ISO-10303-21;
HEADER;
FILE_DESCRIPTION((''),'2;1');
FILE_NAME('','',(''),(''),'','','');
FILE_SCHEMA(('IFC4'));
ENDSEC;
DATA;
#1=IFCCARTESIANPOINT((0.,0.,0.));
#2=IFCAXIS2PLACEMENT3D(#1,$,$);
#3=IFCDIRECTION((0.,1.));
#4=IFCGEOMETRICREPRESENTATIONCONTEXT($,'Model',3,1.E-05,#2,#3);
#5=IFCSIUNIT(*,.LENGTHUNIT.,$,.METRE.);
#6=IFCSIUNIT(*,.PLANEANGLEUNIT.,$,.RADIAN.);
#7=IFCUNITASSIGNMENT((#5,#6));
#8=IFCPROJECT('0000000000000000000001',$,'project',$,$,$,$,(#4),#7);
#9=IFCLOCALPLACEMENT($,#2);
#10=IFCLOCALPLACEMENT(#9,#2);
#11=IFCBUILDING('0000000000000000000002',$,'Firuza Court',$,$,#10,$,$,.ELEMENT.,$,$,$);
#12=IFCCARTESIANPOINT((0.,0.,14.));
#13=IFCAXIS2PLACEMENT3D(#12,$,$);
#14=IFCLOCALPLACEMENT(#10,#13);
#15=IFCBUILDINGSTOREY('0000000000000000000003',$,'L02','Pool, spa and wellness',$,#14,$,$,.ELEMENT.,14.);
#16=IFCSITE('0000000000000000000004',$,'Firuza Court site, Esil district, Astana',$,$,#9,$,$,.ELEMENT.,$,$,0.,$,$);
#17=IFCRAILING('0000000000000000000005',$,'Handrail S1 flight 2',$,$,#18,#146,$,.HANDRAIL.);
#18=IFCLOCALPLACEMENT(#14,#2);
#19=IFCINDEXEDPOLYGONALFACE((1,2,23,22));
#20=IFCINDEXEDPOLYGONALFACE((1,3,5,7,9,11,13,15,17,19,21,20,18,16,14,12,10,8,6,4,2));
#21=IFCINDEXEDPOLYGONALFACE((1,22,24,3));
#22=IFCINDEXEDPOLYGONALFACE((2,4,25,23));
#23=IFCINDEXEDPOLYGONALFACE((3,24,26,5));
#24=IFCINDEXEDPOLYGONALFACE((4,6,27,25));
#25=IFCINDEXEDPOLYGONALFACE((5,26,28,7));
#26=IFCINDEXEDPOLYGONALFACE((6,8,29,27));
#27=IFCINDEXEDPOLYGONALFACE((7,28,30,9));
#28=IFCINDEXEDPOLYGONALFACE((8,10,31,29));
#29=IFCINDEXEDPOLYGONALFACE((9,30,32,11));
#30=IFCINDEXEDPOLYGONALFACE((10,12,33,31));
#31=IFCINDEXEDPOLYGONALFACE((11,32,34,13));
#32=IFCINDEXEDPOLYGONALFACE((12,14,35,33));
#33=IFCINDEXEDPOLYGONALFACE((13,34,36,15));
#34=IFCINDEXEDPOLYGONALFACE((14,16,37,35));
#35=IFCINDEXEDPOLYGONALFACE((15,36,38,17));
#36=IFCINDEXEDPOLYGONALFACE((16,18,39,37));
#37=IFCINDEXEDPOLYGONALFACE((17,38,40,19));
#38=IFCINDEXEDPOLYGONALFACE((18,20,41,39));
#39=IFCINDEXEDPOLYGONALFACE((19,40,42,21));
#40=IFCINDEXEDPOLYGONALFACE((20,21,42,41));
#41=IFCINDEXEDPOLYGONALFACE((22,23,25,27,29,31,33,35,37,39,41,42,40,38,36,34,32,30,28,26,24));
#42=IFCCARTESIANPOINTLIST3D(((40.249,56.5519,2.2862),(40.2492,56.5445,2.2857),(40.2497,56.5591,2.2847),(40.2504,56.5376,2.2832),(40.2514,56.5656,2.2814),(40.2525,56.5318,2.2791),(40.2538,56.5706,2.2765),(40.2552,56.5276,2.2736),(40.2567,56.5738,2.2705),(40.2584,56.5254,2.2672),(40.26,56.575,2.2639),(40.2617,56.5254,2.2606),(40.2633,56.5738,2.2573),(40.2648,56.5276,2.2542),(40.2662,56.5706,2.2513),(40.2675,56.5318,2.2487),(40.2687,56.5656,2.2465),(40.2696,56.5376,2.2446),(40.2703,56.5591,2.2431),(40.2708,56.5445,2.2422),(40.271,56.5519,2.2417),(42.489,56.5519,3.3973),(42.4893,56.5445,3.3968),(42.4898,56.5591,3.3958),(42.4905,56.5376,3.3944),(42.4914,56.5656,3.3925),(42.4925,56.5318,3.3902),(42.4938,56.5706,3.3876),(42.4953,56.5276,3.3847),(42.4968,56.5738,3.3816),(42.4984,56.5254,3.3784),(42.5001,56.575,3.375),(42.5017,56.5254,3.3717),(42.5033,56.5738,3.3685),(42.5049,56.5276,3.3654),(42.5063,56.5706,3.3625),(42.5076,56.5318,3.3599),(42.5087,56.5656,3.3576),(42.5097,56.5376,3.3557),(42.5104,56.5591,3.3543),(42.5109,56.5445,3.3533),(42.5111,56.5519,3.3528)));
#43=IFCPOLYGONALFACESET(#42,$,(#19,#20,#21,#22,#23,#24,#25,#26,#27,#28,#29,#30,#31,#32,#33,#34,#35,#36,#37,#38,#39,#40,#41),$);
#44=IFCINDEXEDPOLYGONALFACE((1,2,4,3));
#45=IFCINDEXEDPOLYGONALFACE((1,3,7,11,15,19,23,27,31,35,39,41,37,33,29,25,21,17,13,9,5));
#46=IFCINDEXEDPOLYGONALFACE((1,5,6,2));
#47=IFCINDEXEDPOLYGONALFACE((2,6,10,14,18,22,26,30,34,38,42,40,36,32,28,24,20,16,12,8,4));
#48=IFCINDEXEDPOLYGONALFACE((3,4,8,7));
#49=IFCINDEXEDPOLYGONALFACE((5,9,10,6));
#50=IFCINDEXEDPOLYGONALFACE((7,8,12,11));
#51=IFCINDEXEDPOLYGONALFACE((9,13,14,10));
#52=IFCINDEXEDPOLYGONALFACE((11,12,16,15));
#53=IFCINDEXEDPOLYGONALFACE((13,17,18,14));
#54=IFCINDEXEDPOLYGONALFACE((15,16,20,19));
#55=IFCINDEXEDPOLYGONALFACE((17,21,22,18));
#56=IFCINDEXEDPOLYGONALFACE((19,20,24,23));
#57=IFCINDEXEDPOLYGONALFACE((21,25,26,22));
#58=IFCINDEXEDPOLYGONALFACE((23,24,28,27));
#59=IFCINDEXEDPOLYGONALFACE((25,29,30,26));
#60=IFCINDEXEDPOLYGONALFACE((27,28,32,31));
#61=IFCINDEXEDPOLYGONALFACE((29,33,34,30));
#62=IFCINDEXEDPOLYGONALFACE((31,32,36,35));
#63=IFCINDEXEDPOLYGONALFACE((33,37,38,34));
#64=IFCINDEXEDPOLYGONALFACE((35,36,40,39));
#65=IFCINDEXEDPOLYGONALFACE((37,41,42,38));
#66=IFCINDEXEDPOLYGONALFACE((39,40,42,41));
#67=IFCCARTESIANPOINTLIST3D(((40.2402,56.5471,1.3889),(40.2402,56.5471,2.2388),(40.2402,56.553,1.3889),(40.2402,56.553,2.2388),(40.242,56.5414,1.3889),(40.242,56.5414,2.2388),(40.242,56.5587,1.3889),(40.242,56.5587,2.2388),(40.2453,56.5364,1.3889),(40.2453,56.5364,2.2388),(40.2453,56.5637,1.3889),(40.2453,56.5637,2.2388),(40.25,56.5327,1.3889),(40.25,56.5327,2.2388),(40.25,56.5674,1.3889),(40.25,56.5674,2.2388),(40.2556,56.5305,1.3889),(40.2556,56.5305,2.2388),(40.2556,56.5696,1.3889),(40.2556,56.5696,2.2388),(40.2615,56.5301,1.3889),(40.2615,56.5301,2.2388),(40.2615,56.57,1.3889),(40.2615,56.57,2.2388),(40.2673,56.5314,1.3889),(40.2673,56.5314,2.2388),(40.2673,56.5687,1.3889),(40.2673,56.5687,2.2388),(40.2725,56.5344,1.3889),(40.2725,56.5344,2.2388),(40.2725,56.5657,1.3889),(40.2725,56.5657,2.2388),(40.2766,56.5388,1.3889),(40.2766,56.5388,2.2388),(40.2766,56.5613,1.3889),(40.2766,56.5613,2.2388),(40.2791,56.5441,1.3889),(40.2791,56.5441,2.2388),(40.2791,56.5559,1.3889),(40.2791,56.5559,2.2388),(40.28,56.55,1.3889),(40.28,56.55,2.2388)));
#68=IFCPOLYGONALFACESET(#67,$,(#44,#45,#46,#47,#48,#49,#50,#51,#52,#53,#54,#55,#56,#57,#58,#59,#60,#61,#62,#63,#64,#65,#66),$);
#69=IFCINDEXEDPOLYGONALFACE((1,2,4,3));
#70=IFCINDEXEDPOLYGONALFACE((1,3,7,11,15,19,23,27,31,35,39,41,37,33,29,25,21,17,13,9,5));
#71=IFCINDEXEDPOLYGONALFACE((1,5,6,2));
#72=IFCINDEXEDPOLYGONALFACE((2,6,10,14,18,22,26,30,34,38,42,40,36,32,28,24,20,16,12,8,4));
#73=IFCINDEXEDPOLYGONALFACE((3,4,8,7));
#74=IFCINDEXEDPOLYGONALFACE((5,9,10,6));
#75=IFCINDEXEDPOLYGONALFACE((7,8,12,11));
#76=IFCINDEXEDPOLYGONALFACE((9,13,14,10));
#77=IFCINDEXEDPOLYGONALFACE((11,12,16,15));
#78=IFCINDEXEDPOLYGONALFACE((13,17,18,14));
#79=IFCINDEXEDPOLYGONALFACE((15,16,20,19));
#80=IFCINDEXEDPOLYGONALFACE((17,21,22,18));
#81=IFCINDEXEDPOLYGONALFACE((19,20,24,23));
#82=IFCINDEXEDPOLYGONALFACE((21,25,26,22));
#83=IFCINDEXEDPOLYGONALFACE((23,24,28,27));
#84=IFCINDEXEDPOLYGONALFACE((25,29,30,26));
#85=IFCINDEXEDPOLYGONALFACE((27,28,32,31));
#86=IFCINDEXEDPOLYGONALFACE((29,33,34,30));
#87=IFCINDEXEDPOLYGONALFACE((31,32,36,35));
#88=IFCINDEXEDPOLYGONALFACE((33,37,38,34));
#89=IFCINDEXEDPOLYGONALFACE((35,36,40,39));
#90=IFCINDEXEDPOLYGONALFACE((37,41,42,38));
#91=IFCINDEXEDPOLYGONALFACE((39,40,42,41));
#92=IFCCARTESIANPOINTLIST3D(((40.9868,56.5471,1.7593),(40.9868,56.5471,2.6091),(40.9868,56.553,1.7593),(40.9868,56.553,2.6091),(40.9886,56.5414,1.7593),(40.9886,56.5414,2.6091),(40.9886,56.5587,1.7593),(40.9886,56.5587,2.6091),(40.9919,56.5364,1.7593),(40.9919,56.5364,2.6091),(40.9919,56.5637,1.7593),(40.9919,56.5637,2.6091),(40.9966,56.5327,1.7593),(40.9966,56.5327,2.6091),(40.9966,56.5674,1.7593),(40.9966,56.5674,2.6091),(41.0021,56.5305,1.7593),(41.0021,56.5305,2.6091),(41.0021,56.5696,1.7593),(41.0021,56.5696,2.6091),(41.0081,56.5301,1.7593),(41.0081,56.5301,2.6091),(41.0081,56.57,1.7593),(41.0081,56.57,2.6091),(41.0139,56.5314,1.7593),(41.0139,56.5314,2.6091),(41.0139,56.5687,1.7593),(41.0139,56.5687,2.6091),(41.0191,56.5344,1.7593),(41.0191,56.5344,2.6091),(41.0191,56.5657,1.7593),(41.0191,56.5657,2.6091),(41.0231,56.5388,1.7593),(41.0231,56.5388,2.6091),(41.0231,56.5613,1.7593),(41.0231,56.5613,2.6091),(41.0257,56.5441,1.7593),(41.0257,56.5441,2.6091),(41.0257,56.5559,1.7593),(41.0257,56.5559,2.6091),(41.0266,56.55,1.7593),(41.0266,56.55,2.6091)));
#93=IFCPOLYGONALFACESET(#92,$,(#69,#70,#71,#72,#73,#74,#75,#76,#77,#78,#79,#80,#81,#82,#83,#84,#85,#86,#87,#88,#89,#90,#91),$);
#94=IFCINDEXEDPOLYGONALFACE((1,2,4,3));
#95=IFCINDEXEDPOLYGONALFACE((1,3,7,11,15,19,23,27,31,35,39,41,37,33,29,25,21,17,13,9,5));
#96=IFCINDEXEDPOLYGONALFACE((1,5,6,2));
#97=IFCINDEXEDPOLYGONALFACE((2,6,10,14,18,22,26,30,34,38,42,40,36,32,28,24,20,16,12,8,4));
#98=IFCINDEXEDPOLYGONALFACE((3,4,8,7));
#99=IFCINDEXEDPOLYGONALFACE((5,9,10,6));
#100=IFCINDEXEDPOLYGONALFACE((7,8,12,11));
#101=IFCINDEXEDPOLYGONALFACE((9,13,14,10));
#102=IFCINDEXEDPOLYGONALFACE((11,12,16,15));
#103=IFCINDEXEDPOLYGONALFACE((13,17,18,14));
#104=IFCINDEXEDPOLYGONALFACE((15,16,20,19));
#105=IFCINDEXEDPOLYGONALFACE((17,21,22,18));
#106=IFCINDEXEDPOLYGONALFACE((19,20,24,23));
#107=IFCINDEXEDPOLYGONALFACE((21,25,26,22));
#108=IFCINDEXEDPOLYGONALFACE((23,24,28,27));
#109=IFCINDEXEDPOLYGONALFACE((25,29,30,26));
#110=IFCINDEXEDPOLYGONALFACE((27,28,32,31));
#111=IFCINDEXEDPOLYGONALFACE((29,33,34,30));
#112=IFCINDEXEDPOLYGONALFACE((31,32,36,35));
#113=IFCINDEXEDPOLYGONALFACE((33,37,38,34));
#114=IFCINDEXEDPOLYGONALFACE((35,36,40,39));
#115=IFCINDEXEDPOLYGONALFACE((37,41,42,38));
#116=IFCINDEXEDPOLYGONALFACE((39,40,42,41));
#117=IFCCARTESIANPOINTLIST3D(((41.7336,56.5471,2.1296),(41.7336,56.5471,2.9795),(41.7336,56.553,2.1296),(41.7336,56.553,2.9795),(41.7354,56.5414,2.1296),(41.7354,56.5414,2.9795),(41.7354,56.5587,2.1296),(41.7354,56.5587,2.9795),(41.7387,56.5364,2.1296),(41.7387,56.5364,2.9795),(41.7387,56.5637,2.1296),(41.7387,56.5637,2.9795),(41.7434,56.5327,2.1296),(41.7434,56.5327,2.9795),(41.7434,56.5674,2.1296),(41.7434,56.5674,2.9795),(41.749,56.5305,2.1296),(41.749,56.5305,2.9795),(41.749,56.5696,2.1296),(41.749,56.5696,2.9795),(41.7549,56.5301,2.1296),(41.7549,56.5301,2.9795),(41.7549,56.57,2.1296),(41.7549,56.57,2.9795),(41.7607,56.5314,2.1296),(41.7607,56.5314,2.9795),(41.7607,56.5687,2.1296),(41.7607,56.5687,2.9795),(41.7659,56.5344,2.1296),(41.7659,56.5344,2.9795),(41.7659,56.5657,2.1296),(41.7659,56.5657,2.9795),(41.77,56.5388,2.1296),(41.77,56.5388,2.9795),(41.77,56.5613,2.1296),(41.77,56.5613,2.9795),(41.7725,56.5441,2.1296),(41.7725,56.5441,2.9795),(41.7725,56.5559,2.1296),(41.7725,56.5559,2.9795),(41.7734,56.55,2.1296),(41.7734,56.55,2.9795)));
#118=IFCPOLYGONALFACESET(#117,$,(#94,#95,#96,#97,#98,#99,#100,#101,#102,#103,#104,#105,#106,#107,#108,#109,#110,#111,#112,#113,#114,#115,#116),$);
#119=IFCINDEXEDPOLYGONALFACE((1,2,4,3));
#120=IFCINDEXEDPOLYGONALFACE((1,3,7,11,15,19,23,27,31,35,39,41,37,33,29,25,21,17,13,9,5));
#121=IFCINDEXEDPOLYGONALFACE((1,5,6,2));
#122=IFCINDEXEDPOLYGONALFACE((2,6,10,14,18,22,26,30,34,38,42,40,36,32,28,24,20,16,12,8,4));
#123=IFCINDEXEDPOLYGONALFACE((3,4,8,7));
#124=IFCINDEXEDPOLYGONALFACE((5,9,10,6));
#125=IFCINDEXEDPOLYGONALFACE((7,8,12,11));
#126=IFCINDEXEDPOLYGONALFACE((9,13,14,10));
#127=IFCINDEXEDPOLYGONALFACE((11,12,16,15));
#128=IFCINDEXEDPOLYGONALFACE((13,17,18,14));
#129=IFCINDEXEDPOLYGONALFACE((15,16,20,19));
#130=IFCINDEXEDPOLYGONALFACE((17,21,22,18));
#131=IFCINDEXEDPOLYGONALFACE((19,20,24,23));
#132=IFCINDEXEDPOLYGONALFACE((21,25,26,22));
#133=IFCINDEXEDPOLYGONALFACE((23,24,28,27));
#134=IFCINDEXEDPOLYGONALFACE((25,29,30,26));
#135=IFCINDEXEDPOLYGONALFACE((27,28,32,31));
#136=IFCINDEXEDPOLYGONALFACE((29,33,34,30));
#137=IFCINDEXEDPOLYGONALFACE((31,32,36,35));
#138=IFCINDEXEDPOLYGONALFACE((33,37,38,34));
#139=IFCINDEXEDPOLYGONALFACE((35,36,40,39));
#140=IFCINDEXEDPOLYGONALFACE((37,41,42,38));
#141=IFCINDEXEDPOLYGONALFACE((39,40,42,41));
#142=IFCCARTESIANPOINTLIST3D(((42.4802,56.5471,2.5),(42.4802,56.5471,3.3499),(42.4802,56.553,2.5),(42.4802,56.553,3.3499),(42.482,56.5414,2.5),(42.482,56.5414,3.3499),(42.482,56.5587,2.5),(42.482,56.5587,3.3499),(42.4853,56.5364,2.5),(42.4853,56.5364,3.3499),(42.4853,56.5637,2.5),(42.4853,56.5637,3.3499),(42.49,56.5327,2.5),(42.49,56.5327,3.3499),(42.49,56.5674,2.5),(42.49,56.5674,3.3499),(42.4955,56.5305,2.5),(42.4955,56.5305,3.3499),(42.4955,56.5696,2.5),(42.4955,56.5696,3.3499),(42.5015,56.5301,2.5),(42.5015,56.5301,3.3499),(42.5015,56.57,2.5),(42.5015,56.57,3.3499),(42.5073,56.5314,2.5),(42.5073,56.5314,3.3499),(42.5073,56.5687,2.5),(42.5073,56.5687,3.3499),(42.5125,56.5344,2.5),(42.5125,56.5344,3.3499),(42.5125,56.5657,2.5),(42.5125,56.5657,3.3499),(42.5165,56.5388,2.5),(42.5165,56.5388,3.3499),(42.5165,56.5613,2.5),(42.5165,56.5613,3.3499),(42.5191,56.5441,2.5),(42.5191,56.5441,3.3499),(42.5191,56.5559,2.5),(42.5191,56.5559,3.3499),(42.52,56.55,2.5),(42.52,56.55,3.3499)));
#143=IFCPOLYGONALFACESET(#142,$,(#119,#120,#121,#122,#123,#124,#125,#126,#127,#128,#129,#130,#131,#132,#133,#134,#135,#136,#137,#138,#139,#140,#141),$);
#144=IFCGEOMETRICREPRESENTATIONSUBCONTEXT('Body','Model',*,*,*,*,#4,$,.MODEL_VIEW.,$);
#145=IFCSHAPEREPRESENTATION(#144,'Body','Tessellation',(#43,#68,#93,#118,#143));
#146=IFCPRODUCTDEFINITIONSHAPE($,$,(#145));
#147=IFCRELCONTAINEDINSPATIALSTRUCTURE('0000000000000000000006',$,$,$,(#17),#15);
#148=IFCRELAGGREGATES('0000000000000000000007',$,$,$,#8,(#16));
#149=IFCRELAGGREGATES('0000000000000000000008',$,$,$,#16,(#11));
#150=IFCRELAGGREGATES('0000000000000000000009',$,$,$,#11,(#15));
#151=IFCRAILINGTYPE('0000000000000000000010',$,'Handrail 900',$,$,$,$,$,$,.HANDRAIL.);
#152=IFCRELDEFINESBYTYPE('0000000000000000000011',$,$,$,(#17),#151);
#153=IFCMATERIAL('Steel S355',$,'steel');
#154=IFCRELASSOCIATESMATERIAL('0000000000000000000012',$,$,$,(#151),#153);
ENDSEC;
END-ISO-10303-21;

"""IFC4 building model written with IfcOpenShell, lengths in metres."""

from ifc_helpers import new_model, si_unit, direction, frame, origin, origin_2d, place, context, subcontext, project, spatial, circle, extrude, material, type_object, element, save


model = new_model("IFC4")

# Units and contexts
model_context = context("Model", 3, precision=1e-05, world=origin(), true_north=direction((0.0, 1.0)))
body_context = subcontext(model_context, "Body", "Model", "MODEL_VIEW")
ifc_project = project(units=[si_unit("LENGTHUNIT", "METRE"), si_unit("PLANEANGLEUNIT", "RADIAN")], contexts=[model_context])

# Site, building, storey
site_placement = place(None, origin())
site = spatial("IfcSite", under=ifc_project, at=site_placement, Name="Firuza Court site, Esil district, Astana", CompositionType="ELEMENT", RefElevation=0.0)
building_placement = place(site_placement, origin())
building = spatial("IfcBuilding", under=site, at=building_placement, Name="Firuza Court", CompositionType="ELEMENT")
storey_placement = place(building_placement, frame((0.0, 0.0, 14.0)))
storey = spatial("IfcBuildingStorey", under=building, at=storey_placement, Name="L02", Description="Pool, spa and wellness", CompositionType="ELEMENT", Elevation=14.0)

# Railing
ifc_material_1 = material(Name="Steel S355", Category="steel")
railing_type = type_object("IfcRailingType", Name="Handrail 900", PredefinedType="HANDRAIL", material=ifc_material_1)
for number, where, name in (
    (1, (40.26, 56.55, 1.3889), "Handrail S1 flight 2"),
):
    element("IfcRailing", number, at=place(storey_placement, frame(where)), inside=storey, type_object=railing_type, Name=name, PredefinedType="HANDRAIL", context=body_context, shape_type="SweptSolid", body=[
        extrude(circle(Radius=0.0249, at=origin_2d()), frame((0.0, 0.0, 0.875), z_axis=(0.895848, 0.0, 0.44436), x_axis=(0.0, 1.0, 0.0)), (0.0, 0.0, 1.0), 2.5005),
        extrude(circle(Radius=0.02, at=origin_2d()), origin(), (0.0, 0.0, 1.0), 0.8499),
        extrude(circle(Radius=0.02, at=origin_2d()), frame((0.7466, 0.0, 0.3704)), (0.0, 0.0, 1.0), 0.8499),
        extrude(circle(Radius=0.02, at=origin_2d()), frame((1.4934, 0.0, 0.7407)), (0.0, 0.0, 1.0), 0.8499),
        extrude(circle(Radius=0.02, at=origin_2d()), frame((2.24, 0.0, 1.1111)), (0.0, 0.0, 1.0), 0.8499),
    ])

save(model, "model.ifc")
